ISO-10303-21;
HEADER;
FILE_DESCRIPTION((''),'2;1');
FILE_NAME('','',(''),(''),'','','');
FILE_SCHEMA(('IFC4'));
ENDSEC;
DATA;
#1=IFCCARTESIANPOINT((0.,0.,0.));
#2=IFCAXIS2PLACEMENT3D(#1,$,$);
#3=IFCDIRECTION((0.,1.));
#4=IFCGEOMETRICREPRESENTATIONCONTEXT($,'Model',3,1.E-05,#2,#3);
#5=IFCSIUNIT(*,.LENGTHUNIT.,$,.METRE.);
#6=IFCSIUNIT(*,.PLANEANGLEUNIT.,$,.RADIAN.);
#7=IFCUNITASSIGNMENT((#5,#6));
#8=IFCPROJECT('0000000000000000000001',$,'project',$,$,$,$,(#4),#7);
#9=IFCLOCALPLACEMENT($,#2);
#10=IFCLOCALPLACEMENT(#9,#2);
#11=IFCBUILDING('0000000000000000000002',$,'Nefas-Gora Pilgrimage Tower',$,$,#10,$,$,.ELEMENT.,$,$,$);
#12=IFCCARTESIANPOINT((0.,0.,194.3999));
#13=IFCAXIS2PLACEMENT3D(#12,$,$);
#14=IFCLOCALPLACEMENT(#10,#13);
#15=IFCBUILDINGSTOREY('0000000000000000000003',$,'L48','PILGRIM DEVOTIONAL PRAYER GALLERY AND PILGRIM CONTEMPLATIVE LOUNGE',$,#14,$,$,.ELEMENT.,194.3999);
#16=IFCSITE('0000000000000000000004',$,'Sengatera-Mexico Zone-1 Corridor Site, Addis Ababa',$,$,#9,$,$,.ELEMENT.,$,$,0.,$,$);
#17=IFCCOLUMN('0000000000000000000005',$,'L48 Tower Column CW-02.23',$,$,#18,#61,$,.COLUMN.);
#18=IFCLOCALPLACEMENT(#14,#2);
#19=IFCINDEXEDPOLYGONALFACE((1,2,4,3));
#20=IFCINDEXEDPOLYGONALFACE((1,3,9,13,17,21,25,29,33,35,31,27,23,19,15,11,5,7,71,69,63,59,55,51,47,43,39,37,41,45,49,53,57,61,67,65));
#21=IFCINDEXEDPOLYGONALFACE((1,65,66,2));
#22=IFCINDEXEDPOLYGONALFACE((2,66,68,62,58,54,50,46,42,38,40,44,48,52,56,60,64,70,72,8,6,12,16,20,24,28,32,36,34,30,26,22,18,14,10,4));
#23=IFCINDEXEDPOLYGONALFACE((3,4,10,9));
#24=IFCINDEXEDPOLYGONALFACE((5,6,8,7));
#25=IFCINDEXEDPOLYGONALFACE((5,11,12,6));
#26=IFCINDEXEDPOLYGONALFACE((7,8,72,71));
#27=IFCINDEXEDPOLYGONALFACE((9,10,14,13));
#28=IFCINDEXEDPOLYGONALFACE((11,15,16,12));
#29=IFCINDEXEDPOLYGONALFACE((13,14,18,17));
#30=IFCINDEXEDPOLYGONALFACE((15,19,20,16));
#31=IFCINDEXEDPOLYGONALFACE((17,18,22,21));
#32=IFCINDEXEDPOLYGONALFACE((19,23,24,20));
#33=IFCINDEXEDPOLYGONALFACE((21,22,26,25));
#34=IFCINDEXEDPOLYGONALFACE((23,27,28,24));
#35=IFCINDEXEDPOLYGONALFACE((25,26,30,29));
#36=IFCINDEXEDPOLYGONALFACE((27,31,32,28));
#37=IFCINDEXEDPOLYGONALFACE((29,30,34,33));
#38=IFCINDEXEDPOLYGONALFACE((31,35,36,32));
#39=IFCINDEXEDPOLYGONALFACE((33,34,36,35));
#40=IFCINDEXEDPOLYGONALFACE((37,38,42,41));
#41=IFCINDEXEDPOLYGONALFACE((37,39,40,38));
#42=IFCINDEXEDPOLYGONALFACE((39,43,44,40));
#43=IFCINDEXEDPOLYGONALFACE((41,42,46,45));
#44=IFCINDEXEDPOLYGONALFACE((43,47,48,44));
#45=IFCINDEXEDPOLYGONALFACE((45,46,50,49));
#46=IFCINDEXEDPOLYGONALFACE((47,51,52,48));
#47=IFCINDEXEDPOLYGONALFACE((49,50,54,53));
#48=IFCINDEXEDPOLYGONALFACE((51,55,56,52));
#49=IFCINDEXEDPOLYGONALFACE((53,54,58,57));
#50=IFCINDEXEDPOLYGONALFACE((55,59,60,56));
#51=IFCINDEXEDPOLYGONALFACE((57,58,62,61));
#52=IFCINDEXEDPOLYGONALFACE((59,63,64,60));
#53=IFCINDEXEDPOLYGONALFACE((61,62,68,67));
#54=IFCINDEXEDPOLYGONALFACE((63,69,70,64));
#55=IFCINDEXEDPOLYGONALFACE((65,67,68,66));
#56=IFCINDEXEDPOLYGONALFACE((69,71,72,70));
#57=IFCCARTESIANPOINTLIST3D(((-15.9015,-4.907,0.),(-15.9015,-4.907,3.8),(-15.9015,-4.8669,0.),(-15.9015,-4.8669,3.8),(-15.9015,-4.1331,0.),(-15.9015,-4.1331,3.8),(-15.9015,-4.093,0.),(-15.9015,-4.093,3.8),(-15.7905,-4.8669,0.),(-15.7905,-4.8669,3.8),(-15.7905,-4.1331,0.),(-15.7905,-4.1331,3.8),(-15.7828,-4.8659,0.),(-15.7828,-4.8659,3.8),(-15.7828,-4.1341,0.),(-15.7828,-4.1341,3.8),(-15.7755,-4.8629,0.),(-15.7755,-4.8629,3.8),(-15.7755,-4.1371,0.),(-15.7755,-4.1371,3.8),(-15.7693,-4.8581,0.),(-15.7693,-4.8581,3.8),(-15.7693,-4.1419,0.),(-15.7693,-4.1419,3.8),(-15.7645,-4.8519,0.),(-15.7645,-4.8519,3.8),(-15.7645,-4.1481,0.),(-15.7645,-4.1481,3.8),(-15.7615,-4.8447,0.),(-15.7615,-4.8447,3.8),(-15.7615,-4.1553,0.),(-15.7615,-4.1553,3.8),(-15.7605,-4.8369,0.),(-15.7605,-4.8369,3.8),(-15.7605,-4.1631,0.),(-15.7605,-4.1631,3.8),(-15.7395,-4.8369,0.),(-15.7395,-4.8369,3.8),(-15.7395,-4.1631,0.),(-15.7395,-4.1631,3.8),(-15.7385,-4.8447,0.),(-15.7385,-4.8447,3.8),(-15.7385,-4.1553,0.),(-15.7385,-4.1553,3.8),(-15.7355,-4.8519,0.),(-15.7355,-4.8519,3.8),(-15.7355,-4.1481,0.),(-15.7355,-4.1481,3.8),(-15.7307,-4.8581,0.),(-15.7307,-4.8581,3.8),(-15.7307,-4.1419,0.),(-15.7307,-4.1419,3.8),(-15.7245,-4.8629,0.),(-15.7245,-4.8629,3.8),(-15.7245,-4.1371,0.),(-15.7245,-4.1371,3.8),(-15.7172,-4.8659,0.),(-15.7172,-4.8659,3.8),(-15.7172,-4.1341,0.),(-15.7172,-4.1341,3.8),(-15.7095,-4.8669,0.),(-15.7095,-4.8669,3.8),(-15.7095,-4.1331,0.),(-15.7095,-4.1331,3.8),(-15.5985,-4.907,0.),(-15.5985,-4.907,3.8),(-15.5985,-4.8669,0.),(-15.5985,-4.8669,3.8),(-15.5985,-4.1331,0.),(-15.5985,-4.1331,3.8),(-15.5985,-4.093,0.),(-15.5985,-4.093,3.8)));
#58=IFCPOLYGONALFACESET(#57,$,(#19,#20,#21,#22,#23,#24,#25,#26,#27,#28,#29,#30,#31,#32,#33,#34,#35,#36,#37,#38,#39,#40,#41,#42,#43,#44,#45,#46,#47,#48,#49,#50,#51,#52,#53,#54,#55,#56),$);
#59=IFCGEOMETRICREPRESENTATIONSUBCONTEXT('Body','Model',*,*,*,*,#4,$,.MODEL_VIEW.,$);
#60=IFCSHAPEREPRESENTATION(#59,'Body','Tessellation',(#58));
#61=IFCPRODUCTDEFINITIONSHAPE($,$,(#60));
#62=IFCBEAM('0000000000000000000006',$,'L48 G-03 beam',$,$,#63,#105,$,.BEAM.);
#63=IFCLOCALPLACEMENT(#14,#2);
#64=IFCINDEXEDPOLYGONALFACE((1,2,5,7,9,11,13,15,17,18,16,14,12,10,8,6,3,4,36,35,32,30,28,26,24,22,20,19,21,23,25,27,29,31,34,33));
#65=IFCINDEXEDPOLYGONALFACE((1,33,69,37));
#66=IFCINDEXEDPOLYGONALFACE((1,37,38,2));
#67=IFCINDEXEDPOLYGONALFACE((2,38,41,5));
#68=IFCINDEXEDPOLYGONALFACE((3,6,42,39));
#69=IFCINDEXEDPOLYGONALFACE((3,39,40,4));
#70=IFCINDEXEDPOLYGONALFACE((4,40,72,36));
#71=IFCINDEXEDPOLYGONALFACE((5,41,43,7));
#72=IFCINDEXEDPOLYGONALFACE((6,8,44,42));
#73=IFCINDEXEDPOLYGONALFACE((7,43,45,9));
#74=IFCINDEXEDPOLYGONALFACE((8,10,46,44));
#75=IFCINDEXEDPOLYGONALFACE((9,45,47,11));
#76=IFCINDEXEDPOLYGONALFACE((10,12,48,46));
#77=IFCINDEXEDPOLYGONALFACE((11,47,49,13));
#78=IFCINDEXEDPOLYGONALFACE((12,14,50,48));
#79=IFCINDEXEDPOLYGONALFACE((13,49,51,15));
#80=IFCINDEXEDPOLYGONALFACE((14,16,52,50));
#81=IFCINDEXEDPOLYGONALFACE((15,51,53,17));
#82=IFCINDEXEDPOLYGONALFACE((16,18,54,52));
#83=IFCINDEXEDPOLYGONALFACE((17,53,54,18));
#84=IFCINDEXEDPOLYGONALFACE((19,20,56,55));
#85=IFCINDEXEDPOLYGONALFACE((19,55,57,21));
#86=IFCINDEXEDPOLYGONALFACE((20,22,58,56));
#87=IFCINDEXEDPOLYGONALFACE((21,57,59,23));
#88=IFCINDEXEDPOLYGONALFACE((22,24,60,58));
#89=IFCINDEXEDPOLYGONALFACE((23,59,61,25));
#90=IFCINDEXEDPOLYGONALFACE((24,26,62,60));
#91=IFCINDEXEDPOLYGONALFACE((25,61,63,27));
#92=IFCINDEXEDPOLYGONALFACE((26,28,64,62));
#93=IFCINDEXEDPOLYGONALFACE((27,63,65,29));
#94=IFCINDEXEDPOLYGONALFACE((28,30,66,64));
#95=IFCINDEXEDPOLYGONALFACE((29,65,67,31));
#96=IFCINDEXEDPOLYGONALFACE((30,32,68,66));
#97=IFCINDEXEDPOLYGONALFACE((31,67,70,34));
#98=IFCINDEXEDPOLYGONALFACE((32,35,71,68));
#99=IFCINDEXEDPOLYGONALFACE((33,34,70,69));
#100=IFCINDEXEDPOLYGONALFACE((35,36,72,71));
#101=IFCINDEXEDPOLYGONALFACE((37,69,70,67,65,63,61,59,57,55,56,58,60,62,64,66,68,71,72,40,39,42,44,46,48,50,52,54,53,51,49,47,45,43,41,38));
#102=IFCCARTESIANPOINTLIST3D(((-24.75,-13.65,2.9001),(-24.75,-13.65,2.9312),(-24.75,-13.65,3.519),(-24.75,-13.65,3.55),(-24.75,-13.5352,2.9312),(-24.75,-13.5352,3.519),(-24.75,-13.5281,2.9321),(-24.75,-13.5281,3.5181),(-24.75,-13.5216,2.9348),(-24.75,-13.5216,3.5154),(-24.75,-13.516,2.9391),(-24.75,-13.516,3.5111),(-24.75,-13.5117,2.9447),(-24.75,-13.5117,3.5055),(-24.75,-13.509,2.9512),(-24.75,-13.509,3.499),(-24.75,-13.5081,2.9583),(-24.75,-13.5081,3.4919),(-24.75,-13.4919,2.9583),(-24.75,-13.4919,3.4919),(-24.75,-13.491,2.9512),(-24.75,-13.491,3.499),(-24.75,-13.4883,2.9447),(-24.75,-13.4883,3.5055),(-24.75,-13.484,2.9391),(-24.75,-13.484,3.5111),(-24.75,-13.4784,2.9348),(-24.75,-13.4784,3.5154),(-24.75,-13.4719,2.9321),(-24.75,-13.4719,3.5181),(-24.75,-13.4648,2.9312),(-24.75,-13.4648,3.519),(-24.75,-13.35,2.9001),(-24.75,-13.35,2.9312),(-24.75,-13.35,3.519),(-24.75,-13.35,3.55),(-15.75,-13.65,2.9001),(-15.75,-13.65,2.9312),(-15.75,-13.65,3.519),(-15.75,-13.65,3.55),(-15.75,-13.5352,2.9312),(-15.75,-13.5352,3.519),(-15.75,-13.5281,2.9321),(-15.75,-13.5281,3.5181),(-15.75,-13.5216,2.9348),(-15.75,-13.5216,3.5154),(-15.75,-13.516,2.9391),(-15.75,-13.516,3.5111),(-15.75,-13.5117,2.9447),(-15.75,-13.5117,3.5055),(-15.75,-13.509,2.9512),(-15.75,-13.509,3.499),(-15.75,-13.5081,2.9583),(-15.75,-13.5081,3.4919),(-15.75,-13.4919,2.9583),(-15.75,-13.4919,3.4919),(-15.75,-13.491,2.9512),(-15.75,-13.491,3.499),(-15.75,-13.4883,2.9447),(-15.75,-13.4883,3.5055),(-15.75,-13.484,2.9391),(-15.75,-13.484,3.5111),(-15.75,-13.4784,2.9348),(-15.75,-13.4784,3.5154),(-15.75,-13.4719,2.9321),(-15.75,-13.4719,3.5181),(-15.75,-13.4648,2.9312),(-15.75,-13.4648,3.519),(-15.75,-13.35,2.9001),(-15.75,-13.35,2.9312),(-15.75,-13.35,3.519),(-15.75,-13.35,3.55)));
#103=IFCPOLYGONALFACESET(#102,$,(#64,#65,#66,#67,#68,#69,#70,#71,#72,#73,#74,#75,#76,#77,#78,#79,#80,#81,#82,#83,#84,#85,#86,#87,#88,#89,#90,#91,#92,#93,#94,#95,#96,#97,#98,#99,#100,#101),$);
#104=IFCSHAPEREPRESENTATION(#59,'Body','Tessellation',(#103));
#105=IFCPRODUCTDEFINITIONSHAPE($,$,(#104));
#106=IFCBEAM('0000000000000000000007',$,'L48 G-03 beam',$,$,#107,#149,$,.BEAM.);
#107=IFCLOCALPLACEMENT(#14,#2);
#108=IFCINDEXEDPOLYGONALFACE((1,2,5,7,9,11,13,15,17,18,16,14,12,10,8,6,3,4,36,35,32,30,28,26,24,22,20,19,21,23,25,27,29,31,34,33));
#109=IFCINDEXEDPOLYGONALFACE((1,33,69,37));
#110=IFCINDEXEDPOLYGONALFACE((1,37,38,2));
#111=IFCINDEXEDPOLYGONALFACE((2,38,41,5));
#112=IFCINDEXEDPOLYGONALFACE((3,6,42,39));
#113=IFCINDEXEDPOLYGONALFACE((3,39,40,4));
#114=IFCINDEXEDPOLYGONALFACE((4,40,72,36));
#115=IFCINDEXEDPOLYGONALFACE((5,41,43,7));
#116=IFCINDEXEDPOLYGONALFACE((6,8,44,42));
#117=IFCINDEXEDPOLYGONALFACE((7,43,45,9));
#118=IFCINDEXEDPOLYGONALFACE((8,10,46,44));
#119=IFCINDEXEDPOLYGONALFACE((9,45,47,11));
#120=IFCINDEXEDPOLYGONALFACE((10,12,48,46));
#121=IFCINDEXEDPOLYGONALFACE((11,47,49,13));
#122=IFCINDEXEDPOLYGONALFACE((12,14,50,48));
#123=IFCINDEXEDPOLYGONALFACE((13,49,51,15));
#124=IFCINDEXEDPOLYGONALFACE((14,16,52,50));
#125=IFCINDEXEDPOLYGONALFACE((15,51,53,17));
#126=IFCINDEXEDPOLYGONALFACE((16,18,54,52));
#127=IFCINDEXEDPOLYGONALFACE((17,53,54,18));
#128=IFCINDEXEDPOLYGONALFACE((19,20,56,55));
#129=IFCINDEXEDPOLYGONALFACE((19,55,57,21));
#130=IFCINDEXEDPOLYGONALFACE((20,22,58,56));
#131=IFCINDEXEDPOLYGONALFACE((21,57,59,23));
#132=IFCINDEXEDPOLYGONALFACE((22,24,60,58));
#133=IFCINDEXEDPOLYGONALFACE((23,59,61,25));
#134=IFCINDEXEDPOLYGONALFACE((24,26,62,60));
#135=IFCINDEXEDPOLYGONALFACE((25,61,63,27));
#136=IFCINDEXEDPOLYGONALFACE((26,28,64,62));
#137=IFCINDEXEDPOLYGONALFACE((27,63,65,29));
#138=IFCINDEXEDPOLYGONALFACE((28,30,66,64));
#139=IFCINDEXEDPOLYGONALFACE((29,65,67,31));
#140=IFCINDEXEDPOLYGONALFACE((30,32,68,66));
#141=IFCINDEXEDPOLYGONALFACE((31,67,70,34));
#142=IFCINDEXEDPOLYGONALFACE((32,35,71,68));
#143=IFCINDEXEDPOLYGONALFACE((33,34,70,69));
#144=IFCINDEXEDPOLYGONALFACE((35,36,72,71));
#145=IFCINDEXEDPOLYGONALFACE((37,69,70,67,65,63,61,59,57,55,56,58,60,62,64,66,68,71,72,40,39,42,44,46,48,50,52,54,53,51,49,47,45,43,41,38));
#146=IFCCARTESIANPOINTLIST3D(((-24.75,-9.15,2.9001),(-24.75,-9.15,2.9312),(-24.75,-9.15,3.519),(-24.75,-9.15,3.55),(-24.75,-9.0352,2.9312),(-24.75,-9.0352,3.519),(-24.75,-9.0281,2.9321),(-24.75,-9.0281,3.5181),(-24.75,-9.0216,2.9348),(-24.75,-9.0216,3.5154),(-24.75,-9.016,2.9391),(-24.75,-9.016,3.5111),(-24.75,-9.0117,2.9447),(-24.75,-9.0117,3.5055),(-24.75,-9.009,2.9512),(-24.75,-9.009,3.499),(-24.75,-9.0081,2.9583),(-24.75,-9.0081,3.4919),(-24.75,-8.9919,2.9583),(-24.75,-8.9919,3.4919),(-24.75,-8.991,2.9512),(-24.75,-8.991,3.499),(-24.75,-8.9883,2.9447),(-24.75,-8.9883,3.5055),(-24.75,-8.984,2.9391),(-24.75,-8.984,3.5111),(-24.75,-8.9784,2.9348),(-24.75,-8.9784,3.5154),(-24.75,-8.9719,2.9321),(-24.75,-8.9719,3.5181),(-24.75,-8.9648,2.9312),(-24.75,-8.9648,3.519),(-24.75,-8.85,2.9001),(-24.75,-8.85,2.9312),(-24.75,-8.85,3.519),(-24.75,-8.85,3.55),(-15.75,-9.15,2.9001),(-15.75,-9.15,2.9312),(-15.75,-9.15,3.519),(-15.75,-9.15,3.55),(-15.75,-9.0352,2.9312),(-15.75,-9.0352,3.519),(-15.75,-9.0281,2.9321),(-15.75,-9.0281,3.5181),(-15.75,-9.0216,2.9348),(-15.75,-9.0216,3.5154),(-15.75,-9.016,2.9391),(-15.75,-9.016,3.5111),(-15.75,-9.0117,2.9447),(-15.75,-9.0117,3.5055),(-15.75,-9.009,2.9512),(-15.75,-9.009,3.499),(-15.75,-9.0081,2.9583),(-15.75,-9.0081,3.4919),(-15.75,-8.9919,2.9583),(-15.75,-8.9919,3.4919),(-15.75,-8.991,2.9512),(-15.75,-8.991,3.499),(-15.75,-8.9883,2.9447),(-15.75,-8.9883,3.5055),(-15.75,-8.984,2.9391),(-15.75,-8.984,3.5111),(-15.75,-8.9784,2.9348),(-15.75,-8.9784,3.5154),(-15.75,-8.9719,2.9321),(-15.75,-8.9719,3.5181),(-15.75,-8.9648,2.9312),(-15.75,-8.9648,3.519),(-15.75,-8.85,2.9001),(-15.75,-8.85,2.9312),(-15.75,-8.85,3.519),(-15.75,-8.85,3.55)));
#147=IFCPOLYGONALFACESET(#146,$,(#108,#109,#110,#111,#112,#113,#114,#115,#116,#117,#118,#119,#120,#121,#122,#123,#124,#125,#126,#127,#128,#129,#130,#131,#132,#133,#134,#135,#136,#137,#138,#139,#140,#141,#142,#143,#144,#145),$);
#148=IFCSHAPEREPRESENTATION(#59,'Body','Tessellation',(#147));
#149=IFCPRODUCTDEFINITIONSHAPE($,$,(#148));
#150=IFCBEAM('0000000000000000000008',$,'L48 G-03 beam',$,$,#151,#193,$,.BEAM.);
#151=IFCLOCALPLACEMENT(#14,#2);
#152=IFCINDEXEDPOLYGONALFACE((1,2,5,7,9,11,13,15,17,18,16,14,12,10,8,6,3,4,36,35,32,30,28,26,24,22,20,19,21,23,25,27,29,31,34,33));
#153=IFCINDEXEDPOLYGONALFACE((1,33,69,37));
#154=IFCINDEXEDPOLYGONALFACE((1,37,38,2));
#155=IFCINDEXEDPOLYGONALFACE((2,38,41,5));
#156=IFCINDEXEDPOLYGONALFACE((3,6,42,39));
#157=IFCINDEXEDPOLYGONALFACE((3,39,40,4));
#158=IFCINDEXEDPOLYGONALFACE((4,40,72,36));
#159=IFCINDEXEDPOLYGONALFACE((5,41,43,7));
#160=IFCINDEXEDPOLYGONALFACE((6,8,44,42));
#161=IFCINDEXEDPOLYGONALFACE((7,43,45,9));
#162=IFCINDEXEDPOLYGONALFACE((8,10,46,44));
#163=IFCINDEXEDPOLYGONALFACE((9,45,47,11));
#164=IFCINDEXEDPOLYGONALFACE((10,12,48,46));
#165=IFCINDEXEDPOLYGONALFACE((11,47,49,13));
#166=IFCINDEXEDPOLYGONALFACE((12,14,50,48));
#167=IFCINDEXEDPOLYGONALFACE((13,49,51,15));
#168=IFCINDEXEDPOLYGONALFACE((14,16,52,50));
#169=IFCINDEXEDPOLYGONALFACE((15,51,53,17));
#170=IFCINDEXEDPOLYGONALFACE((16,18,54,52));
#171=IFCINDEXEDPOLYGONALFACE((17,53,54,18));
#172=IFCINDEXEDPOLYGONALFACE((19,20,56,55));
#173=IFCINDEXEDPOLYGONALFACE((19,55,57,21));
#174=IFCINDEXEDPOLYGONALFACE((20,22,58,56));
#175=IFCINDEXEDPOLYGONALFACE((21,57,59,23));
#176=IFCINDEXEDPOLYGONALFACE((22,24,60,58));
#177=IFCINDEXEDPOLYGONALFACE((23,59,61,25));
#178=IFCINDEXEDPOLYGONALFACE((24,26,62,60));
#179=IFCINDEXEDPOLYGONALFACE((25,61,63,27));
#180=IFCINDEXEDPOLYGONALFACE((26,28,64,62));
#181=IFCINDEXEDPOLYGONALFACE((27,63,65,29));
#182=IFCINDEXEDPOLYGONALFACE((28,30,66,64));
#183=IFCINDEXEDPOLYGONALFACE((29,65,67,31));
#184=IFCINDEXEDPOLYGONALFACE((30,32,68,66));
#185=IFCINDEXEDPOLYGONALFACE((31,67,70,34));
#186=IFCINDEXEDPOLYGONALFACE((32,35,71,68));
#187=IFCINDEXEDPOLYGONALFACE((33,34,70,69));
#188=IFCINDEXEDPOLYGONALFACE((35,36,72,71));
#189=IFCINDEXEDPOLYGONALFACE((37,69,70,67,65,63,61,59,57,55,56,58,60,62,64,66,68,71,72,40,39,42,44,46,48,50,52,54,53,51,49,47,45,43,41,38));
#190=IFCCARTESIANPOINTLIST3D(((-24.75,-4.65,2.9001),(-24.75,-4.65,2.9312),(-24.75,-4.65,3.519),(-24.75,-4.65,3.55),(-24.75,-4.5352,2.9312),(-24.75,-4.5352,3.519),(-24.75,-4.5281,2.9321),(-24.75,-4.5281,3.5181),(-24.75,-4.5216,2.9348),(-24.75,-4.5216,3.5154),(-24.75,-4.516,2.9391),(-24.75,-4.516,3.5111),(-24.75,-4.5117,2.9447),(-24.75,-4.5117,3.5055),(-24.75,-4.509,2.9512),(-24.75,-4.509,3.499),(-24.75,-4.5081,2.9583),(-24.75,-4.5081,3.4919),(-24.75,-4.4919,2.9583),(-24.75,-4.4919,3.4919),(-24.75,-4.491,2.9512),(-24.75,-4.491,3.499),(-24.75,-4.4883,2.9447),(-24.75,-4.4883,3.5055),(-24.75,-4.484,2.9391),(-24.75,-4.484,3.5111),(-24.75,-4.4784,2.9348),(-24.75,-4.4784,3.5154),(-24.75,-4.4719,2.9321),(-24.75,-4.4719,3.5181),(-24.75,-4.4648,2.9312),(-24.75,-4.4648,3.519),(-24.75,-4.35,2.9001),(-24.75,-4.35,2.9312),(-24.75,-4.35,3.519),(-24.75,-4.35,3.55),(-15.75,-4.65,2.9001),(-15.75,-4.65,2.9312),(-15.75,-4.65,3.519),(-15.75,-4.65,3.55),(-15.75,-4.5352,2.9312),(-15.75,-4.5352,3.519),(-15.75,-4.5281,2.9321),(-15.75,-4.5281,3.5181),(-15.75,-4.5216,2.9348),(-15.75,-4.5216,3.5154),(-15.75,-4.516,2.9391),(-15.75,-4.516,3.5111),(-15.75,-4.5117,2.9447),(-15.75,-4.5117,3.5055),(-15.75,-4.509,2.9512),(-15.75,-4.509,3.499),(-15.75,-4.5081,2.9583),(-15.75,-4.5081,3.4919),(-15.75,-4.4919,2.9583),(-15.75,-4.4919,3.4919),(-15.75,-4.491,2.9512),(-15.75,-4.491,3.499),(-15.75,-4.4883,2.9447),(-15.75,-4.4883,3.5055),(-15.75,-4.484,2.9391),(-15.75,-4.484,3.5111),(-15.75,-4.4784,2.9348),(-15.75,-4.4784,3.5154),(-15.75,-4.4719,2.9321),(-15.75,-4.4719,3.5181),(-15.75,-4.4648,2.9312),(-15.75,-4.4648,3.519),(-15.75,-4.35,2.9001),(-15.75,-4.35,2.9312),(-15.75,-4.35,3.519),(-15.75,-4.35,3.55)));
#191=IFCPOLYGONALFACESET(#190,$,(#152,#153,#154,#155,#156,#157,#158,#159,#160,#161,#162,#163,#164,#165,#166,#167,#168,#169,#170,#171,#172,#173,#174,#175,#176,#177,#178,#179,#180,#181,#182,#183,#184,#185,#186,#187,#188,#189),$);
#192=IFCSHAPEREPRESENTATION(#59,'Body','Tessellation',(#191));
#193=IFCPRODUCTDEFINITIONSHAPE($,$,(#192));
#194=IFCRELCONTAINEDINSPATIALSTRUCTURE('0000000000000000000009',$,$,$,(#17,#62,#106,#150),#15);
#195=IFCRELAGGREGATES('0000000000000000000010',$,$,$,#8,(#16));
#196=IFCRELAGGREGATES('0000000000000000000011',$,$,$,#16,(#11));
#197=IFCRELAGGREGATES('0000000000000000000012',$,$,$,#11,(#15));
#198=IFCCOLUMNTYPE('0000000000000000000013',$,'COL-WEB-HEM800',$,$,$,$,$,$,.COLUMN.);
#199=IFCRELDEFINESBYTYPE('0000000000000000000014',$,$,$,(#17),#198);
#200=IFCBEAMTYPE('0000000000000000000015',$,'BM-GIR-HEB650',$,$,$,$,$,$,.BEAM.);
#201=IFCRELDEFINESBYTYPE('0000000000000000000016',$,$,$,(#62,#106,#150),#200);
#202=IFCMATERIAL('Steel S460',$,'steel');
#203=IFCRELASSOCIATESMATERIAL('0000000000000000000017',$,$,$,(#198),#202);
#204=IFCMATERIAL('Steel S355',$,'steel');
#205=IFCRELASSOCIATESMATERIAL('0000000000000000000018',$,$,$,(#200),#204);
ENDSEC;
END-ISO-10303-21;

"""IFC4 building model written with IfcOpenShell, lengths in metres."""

from ifc_helpers import new_model, si_unit, direction, frame, origin, origin_2d, place, context, subcontext, project, spatial, i_section, extrude, source, transform, mapped, material, material_profile, profile_set, type_object, element, save


model = new_model("IFC4")

# Units and contexts
model_context = context("Model", 3, precision=1e-05, world=origin(), true_north=direction((0.0, 1.0)))
body_context = subcontext(model_context, "Body", "Model", "MODEL_VIEW")
ifc_project = project(units=[si_unit("LENGTHUNIT", "METRE"), si_unit("PLANEANGLEUNIT", "RADIAN")], contexts=[model_context])

# Site, building, storey
site_placement = place(None, origin())
site = spatial("IfcSite", under=ifc_project, at=site_placement, Name="Sengatera-Mexico Zone-1 Corridor Site, Addis Ababa", CompositionType="ELEMENT", RefElevation=0.0)
building_placement = place(site_placement, origin())
building = spatial("IfcBuilding", under=site, at=building_placement, Name="Nefas-Gora Pilgrimage Tower", CompositionType="ELEMENT")
storey_placement = place(building_placement, frame((0.0, 0.0, 194.3999)))
storey = spatial("IfcBuildingStorey", under=building, at=storey_placement, Name="L48", Description="PILGRIM DEVOTIONAL PRAYER GALLERY AND PILGRIM CONTEMPLATIVE LOUNGE", CompositionType="ELEMENT", Elevation=194.3999)

# Column
ifc_material_1 = material(Name="Steel S460", Category="steel")
ifc_material_profile_1 = material_profile(ifc_material_1, i_section(OverallWidth=0.303, OverallDepth=0.814, WebThickness=0.021, FlangeThickness=0.04, FilletRadius=0.03, at=origin_2d()), Name="HEM 800")
ifc_profile_set_1 = profile_set([ifc_material_profile_1], Name="Steel S460")
column_type_1 = type_object("IfcColumnType", Name="COL-WEB-HEM800", PredefinedType="COLUMN", material=ifc_profile_set_1)
shared_shape_1 = source(origin(), body_context, "Body", "SweptSolid", [
    extrude(i_section(OverallWidth=0.303, OverallDepth=0.814, WebThickness=0.021, FlangeThickness=0.04, FilletRadius=0.03, at=origin_2d()), origin(), (0.0, 0.0, 1.0), 3.8),
])
for number, where, z_axis, x_axis, name in (
    (1, (-15.75, -4.5, 0.0), (0.0, 0.0, 1.0), (1.0, 0.0, 0.0), "L48 Tower Column CW-02.23"),
):
    element("IfcColumn", number, at=place(storey_placement, frame(where, z_axis=z_axis, x_axis=x_axis)), inside=storey, type_object=column_type_1, Name=name, PredefinedType="COLUMN", context=body_context, shape_type="MappedRepresentation", body=[
        mapped(shared_shape_1, transform((0.0, 0.0, 0.0), x_axis=(1.0, 0.0, 0.0), y_axis=(0.0, 1.0, 0.0), z_axis=(0.0, 0.0, 1.0), scale=1.0)),
    ])

# Beams
ifc_material_2 = material(Name="Steel S355", Category="steel")
ifc_material_profile_2 = material_profile(ifc_material_2, i_section(OverallWidth=0.3, OverallDepth=0.6499, WebThickness=0.0161, FlangeThickness=0.031, FilletRadius=0.0271, at=origin_2d()), Name="HEB 650")
ifc_profile_set_2 = profile_set([ifc_material_profile_2], Name="Steel S355")
beam_type = type_object("IfcBeamType", Name="BM-GIR-HEB650", PredefinedType="BEAM", material=ifc_profile_set_2)
shared_shape_2 = source(origin(), body_context, "Body", "SweptSolid", [
    extrude(i_section(OverallWidth=0.3, OverallDepth=0.6499, WebThickness=0.0161, FlangeThickness=0.031, FilletRadius=0.0271, at=origin_2d()), origin(), (0.0, 0.0, 1.0), 9.0),
])
for number, where, z_axis, x_axis, name in (
    (2, (-24.75, -13.5, 3.2251), (1.0, 0.0, 0.0), (0.0, 1.0, 0.0), "L48 G-03 beam"),
    (3, (-24.75, -9.0, 3.2251), (1.0, 0.0, 0.0), (0.0, 1.0, 0.0), "L48 G-03 beam"),
    (4, (-24.75, -4.5, 3.2251), (1.0, 0.0, 0.0), (0.0, 1.0, 0.0), "L48 G-03 beam"),
):
    element("IfcBeam", number, at=place(storey_placement, frame(where, z_axis=z_axis, x_axis=x_axis)), inside=storey, type_object=beam_type, Name=name, PredefinedType="BEAM", context=body_context, shape_type="MappedRepresentation", body=[
        mapped(shared_shape_2, transform((0.0, 0.0, 0.0), x_axis=(1.0, 0.0, 0.0), y_axis=(0.0, 1.0, 0.0), z_axis=(0.0, 0.0, 1.0), scale=1.0)),
    ])

save(model, "model.ifc")
